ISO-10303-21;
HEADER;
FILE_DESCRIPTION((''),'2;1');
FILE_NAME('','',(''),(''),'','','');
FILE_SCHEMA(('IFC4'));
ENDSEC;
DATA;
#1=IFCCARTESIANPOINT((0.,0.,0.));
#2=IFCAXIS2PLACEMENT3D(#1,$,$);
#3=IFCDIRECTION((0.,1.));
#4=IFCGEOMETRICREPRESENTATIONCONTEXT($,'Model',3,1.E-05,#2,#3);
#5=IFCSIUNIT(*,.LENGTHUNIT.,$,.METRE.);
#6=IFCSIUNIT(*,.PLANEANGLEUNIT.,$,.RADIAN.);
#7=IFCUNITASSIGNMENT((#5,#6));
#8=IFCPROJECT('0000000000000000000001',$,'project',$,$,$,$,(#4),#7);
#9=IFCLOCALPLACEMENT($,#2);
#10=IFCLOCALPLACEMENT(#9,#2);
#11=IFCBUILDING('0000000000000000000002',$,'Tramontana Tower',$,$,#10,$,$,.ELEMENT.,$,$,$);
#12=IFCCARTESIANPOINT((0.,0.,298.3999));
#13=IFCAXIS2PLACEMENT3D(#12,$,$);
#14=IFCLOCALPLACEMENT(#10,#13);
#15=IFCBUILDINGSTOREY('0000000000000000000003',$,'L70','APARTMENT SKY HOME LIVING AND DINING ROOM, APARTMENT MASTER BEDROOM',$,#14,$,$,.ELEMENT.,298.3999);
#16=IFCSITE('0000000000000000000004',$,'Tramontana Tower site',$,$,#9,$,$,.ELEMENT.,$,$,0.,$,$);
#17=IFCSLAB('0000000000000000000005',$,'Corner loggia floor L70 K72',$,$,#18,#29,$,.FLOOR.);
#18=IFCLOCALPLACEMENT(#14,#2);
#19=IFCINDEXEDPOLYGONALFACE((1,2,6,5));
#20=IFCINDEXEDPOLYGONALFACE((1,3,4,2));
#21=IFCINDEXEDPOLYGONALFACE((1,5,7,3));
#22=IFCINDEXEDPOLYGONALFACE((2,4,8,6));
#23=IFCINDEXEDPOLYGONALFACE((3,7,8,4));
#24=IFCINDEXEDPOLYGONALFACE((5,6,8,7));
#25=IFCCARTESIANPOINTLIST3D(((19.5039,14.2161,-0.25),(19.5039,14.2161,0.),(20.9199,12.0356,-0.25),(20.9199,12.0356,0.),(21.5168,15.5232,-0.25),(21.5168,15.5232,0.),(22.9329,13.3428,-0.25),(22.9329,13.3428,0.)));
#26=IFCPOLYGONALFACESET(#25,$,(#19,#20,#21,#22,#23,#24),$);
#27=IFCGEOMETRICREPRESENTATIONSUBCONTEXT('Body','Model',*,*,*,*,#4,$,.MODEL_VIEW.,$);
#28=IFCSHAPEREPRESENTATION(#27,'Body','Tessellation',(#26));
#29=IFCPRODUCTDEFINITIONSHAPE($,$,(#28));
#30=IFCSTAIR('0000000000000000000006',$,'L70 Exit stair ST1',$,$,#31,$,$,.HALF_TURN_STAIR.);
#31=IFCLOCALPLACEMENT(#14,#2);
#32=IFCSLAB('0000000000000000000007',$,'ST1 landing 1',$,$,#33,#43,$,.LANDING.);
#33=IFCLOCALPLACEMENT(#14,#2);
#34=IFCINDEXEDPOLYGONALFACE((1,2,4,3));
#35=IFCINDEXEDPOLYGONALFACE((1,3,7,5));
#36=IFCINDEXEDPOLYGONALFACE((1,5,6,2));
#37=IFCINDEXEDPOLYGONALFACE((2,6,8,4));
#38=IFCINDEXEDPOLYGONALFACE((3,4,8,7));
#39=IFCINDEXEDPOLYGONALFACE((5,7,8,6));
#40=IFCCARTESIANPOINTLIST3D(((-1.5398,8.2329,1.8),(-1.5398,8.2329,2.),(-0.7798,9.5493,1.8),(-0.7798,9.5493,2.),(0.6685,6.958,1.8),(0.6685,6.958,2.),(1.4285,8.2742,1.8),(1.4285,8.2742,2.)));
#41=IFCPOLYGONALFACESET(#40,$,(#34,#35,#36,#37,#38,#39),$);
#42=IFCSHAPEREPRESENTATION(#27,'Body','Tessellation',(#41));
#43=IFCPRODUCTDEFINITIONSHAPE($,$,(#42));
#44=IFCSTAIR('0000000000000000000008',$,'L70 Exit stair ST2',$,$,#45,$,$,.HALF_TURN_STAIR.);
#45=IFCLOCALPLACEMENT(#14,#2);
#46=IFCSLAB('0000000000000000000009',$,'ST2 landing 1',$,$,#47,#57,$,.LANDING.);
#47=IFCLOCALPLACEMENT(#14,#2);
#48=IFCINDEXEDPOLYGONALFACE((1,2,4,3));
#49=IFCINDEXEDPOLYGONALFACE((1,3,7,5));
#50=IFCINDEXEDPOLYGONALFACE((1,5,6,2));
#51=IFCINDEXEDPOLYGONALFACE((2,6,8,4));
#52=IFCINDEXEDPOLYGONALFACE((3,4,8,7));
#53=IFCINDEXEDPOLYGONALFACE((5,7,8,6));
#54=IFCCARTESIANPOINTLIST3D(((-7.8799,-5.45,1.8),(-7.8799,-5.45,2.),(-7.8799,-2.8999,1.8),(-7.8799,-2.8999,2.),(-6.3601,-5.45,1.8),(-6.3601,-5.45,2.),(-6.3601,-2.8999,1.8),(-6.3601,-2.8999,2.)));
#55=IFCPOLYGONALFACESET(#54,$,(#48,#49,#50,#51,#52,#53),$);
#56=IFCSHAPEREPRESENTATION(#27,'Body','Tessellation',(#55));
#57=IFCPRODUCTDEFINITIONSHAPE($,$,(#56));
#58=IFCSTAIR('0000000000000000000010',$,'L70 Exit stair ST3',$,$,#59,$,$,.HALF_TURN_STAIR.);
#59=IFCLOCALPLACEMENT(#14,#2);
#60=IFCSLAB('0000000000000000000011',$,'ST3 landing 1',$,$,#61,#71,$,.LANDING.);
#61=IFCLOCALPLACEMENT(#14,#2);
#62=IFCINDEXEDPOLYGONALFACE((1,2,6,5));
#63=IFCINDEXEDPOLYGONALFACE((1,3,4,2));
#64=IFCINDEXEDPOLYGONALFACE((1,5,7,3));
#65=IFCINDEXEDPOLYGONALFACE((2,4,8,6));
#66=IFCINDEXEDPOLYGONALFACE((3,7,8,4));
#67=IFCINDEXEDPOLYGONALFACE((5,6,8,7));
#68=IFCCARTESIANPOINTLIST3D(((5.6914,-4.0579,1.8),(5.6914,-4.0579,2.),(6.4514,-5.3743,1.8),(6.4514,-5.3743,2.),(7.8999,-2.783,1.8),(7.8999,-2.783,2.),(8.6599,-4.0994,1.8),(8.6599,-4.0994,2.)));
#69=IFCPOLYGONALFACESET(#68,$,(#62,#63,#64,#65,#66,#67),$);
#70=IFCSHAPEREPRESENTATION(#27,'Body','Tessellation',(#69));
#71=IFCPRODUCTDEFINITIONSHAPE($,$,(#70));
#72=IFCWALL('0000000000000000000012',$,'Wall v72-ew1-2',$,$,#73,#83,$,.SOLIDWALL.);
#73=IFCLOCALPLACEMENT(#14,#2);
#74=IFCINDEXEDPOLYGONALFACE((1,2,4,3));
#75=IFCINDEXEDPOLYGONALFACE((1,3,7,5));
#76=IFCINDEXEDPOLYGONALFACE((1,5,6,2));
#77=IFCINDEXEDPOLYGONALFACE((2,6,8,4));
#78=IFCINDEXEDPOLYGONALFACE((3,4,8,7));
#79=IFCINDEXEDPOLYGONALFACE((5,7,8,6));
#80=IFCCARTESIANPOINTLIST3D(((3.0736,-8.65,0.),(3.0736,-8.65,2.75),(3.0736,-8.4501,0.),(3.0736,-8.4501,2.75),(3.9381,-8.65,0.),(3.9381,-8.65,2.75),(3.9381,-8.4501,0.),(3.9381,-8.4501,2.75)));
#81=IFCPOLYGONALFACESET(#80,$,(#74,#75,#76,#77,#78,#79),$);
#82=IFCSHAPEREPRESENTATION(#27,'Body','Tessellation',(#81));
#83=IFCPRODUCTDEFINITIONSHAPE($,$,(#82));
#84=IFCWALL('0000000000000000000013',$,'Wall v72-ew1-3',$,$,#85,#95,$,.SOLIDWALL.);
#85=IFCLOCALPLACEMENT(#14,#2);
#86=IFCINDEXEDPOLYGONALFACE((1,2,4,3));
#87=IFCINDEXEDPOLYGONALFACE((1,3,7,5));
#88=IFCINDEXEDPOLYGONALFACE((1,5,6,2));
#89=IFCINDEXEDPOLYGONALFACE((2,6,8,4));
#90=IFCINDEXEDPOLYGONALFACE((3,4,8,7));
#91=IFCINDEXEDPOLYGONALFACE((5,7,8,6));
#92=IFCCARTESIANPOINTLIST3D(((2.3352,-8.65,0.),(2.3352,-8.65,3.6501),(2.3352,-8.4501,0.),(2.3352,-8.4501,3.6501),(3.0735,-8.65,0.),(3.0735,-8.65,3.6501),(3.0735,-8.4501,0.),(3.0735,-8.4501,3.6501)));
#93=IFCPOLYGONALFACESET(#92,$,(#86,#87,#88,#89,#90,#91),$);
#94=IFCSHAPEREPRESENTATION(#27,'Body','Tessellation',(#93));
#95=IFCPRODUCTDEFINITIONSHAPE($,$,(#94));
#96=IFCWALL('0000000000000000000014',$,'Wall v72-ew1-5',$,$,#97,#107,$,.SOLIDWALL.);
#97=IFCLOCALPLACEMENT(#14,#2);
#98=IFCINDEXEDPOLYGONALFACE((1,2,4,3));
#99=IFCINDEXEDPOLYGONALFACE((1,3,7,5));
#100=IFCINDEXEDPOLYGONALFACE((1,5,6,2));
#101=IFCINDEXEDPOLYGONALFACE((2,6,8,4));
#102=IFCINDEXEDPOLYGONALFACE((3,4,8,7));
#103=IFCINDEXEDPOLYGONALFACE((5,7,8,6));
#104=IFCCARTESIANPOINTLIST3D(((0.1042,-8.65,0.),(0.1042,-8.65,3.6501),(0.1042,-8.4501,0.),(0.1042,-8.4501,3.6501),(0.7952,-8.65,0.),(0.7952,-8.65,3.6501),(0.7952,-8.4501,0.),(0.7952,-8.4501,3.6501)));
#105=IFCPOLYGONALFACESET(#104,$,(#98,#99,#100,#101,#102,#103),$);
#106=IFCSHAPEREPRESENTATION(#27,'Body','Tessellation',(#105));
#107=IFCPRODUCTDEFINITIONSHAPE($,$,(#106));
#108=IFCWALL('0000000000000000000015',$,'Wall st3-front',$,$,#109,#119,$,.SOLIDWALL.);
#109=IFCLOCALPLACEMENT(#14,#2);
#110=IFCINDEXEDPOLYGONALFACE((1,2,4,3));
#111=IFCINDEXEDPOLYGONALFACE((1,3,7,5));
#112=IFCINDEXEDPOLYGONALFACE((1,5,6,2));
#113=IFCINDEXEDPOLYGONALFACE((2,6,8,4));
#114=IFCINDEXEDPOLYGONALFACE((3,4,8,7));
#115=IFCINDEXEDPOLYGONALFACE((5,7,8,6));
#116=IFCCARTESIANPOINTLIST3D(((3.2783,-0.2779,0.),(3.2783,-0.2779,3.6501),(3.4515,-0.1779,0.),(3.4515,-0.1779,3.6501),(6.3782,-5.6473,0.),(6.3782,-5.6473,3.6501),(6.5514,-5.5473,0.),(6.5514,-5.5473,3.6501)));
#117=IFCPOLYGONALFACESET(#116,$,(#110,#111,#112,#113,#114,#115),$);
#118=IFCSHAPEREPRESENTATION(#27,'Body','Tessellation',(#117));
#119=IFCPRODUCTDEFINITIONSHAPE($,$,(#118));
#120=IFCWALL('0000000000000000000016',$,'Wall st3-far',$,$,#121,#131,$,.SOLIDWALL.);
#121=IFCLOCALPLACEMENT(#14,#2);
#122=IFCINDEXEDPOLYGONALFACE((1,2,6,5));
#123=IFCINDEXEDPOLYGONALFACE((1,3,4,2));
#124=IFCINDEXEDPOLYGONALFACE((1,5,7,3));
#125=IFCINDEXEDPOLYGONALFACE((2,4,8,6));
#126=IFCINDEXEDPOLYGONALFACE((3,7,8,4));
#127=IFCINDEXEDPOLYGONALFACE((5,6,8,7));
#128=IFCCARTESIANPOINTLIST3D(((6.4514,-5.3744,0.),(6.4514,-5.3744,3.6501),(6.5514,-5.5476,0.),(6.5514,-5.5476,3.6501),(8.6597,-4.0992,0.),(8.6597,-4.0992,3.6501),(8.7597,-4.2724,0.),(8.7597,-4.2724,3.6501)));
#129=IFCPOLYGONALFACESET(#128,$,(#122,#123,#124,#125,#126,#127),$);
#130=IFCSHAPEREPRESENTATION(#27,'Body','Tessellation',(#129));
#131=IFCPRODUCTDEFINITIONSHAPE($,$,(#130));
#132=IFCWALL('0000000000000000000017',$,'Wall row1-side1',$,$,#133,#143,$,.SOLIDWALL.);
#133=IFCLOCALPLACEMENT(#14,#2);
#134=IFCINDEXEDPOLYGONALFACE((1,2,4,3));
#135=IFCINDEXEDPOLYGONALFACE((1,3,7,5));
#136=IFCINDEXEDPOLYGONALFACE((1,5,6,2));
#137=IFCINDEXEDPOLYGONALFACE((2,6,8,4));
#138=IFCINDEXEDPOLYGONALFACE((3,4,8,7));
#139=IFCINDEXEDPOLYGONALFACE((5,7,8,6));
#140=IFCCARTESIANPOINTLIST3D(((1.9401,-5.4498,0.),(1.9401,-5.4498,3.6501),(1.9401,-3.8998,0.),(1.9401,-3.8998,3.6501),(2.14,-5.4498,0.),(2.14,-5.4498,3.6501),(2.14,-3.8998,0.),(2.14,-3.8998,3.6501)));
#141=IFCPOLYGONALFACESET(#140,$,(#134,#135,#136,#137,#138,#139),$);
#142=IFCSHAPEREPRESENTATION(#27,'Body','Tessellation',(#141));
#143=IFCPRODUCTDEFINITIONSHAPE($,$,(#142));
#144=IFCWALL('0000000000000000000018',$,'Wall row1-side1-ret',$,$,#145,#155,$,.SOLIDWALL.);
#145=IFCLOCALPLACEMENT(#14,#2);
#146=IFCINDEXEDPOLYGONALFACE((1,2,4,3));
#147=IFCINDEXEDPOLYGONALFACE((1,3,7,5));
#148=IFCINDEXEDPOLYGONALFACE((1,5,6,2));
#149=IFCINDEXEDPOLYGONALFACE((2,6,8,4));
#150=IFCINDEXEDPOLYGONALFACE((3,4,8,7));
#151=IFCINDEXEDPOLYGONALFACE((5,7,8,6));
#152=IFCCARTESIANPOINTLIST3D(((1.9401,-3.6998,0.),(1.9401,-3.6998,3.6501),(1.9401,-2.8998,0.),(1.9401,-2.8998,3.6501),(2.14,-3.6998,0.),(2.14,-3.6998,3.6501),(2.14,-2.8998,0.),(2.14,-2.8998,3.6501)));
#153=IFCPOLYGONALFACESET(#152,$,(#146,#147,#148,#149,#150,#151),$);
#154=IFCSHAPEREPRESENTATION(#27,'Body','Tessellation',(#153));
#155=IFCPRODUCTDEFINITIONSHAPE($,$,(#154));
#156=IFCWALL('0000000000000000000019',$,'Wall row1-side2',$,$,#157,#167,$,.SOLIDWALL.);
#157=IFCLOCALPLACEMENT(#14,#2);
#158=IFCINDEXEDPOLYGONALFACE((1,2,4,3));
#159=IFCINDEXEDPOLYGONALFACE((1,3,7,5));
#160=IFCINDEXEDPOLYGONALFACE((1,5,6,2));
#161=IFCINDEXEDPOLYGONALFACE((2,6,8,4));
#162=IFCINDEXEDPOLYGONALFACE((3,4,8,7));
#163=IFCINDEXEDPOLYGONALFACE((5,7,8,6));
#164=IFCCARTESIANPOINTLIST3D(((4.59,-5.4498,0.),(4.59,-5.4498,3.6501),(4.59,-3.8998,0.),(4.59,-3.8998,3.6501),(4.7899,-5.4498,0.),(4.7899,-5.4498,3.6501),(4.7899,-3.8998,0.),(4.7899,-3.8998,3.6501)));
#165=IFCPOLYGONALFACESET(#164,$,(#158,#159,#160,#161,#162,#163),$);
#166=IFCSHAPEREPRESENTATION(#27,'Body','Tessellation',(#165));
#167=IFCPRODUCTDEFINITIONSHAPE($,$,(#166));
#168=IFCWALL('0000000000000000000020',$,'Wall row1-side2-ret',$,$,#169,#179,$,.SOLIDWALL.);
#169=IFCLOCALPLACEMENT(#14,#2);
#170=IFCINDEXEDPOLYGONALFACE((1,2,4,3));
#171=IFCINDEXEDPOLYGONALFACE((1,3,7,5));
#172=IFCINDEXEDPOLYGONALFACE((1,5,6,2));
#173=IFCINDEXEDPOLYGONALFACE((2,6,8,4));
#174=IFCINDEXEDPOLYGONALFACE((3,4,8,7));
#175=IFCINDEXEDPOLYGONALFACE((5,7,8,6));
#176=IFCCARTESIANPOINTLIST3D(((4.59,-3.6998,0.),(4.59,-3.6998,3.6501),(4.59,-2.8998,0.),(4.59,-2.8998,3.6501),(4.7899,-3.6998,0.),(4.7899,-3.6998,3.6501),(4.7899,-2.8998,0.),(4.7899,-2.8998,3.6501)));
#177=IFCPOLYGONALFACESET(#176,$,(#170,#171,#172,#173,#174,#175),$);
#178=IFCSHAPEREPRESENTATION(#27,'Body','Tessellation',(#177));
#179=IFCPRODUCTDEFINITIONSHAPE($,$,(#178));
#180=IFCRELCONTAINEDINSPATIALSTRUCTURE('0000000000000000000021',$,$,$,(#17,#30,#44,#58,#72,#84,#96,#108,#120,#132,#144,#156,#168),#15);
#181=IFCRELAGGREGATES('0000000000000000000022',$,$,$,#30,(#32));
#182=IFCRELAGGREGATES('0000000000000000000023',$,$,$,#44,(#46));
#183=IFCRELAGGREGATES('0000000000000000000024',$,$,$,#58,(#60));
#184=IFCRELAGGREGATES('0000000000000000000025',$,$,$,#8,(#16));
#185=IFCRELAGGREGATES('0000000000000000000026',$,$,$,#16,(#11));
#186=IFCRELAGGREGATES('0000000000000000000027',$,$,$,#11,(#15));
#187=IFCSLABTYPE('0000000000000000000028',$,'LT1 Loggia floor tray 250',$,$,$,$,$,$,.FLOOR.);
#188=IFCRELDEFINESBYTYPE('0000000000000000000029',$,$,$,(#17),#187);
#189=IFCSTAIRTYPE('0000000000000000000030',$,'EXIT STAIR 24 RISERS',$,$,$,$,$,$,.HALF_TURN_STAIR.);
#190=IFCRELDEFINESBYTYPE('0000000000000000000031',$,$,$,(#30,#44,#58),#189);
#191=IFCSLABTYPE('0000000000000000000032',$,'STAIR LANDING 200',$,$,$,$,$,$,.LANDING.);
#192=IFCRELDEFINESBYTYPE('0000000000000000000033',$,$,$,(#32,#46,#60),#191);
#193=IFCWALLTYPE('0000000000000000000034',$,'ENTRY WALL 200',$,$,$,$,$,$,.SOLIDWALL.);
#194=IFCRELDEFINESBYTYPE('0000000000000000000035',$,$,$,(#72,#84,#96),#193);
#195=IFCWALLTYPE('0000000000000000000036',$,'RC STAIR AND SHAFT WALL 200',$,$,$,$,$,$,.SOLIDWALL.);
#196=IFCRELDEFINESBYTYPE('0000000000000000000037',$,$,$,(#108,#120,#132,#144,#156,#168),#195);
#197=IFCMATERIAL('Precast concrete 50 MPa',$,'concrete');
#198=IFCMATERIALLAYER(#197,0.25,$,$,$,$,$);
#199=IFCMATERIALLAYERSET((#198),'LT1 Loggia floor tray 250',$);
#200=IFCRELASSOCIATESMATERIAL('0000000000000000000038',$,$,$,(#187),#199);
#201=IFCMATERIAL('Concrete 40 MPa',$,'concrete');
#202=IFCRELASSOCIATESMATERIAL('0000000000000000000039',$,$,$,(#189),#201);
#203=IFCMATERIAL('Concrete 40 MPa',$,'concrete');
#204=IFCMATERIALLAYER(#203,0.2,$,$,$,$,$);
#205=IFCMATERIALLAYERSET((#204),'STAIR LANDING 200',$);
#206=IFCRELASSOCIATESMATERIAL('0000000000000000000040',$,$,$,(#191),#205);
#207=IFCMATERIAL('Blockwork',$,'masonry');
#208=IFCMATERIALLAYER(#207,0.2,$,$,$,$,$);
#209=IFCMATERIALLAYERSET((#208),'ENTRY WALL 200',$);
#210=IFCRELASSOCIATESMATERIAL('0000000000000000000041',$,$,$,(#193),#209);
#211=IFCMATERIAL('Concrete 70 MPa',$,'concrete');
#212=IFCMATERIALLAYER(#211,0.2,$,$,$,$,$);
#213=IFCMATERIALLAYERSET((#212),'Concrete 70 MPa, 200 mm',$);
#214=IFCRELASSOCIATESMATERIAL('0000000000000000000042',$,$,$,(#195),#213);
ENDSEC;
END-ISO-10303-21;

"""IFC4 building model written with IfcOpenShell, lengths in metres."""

from ifc_helpers import new_model, si_unit, direction, frame, frame_2d, origin, place, context, subcontext, project, spatial, polyline, rectangle, outline, extrude, material, layer, layer_set, type_object, element, aggregate, save


model = new_model("IFC4")

# Units and contexts
model_context = context("Model", 3, precision=1e-05, world=origin(), true_north=direction((0.0, 1.0)))
body_context = subcontext(model_context, "Body", "Model", "MODEL_VIEW")
ifc_project = project(units=[si_unit("LENGTHUNIT", "METRE"), si_unit("PLANEANGLEUNIT", "RADIAN")], contexts=[model_context])

# Site, building, storey
site_placement = place(None, origin())
site = spatial("IfcSite", under=ifc_project, at=site_placement, Name="Tramontana Tower site", CompositionType="ELEMENT", RefElevation=0.0)
building_placement = place(site_placement, origin())
building = spatial("IfcBuilding", under=site, at=building_placement, Name="Tramontana Tower", CompositionType="ELEMENT")
storey_placement = place(building_placement, frame((0.0, 0.0, 298.3999)))
storey = spatial("IfcBuildingStorey", under=building, at=storey_placement, Name="L70", Description="APARTMENT SKY HOME LIVING AND DINING ROOM, APARTMENT MASTER BEDROOM", CompositionType="ELEMENT", Elevation=298.3999)

# Slab
ifc_material_1 = material(Name="Precast concrete 50 MPa", Category="concrete")
ifc_layer_1 = layer(ifc_material_1, 0.25)
ifc_layer_set_1 = layer_set([ifc_layer_1], Name="LT1 Loggia floor tray 250")
slab_type_1 = type_object("IfcSlabType", Name="LT1 Loggia floor tray 250", PredefinedType="FLOOR", material=ifc_layer_set_1)
slab_1_placement = place(storey_placement, frame((0.0, 0.0, -0.25)))
element("IfcSlab", 1, at=slab_1_placement, inside=storey, type_object=slab_type_1, Name="Corner loggia floor L70 K72", PredefinedType="FLOOR", context=body_context, shape_type="SweptSolid", body=[
    extrude(outline(polyline([(22.9329, 13.3428), (20.9199, 12.0356), (19.5039, 14.2161), (21.5168, 15.5232), (22.9329, 13.3428)])), origin(), (0.0, 0.0, 1.0), 0.25),
])

# Stairs, slabs
ifc_material_2 = material(Name="Concrete 40 MPa", Category="concrete")
stair_type = type_object("IfcStairType", Name="EXIT STAIR 24 RISERS", PredefinedType="HALF_TURN_STAIR", material=ifc_material_2)
stair_1_placement = place(storey_placement, origin())
stair_1 = element("IfcStair", 2, at=stair_1_placement, inside=storey, type_object=stair_type, Name="L70 Exit stair ST1", PredefinedType="HALF_TURN_STAIR")
ifc_material_3 = material(Name="Concrete 40 MPa", Category="concrete")
ifc_layer_2 = layer(ifc_material_3, 0.2)
ifc_layer_set_2 = layer_set([ifc_layer_2], Name="STAIR LANDING 200")
slab_type_2 = type_object("IfcSlabType", Name="STAIR LANDING 200", PredefinedType="LANDING", material=ifc_layer_set_2)
slab_2_placement = place(storey_placement, frame((0.0, 0.0, 1.8)))
slab_2 = element("IfcSlab", 3, at=slab_2_placement, type_object=slab_type_2, Name="ST1 landing 1", PredefinedType="LANDING", context=body_context, shape_type="SweptSolid", body=[
    extrude(outline(polyline([(0.6685, 6.958), (1.4285, 8.2742), (-0.7798, 9.5493), (-1.5398, 8.2329), (0.6685, 6.958)])), origin(), (0.0, 0.0, 1.0), 0.2),
])
aggregate(stair_1, [slab_2])
stair_2_placement = place(storey_placement, origin())
stair_2 = element("IfcStair", 4, at=stair_2_placement, inside=storey, type_object=stair_type, Name="L70 Exit stair ST2", PredefinedType="HALF_TURN_STAIR")
slab_3_placement = place(storey_placement, frame((0.0, 0.0, 1.8)))
slab_3 = element("IfcSlab", 5, at=slab_3_placement, type_object=slab_type_2, Name="ST2 landing 1", PredefinedType="LANDING", context=body_context, shape_type="SweptSolid", body=[
    extrude(outline(polyline([(-6.3601, -2.8999), (-7.8799, -2.8999), (-7.8799, -5.45), (-6.3601, -5.45), (-6.3601, -2.8999)])), origin(), (0.0, 0.0, 1.0), 0.2),
])
aggregate(stair_2, [slab_3])
stair_3_placement = place(storey_placement, origin())
stair_3 = element("IfcStair", 6, at=stair_3_placement, inside=storey, type_object=stair_type, Name="L70 Exit stair ST3", PredefinedType="HALF_TURN_STAIR")
slab_4_placement = place(storey_placement, frame((0.0, 0.0, 1.8)))
slab_4 = element("IfcSlab", 7, at=slab_4_placement, type_object=slab_type_2, Name="ST3 landing 1", PredefinedType="LANDING", context=body_context, shape_type="SweptSolid", body=[
    extrude(outline(polyline([(5.6914, -4.0579), (6.4514, -5.3743), (8.6599, -4.0994), (7.8999, -2.783), (5.6914, -4.0579)])), origin(), (0.0, 0.0, 1.0), 0.2),
])

# Walls
ifc_material_4 = material(Name="Blockwork", Category="masonry")
ifc_layer_3 = layer(ifc_material_4, 0.2)
ifc_layer_set_3 = layer_set([ifc_layer_3], Name="ENTRY WALL 200")
wall_type_1 = type_object("IfcWallType", Name="ENTRY WALL 200", PredefinedType="SOLIDWALL", material=ifc_layer_set_3)
wall_1_placement = place(storey_placement, frame((3.938, -8.55, 0.0), z_axis=(0.0, 0.0, 1.0), x_axis=(-1.0, 0.0, 0.0)))
element("IfcWall", 8, at=wall_1_placement, inside=storey, type_object=wall_type_1, Name="Wall v72-ew1-2", PredefinedType="SOLIDWALL", context=body_context, shape_type="SweptSolid", body=[
    extrude(rectangle(XDim=0.8645, YDim=0.2, at=frame_2d((0.4321, 0.0))), origin(), (0.0, 0.0, 1.0), 2.75),
])
wall_2_placement = place(storey_placement, frame((3.0735, -8.55, 0.0), z_axis=(0.0, 0.0, 1.0), x_axis=(-1.0, 0.0, 0.0)))
element("IfcWall", 9, at=wall_2_placement, inside=storey, type_object=wall_type_1, Name="Wall v72-ew1-3", PredefinedType="SOLIDWALL", context=body_context, shape_type="SweptSolid", body=[
    extrude(rectangle(XDim=0.7383, YDim=0.2, at=frame_2d((0.3691, 0.0))), origin(), (0.0, 0.0, 1.0), 3.6501),
])
wall_3_placement = place(storey_placement, frame((0.7952, -8.55, 0.0), z_axis=(0.0, 0.0, 1.0), x_axis=(-1.0, 0.0, 0.0)))
element("IfcWall", 10, at=wall_3_placement, inside=storey, type_object=wall_type_1, Name="Wall v72-ew1-5", PredefinedType="SOLIDWALL", context=body_context, shape_type="SweptSolid", body=[
    extrude(rectangle(XDim=0.6909, YDim=0.2, at=frame_2d((0.3455, 0.0))), origin(), (0.0, 0.0, 1.0), 3.6501),
])
ifc_material_5 = material(Name="Concrete 70 MPa", Category="concrete")
ifc_layer_4 = layer(ifc_material_5, 0.2)
ifc_layer_set_4 = layer_set([ifc_layer_4], Name="Concrete 70 MPa, 200 mm")
wall_type_2 = type_object("IfcWallType", Name="RC STAIR AND SHAFT WALL 200", PredefinedType="SOLIDWALL", material=ifc_layer_set_4)
wall_4_placement = place(storey_placement, frame((6.4648, -5.5974, 0.0), z_axis=(0.0, 0.0, 1.0), x_axis=(-0.49998, 0.866037, 0.0)))
element("IfcWall", 11, at=wall_4_placement, inside=storey, type_object=wall_type_2, Name="Wall st3-front", PredefinedType="SOLIDWALL", context=body_context, shape_type="SweptSolid", body=[
    extrude(rectangle(XDim=6.2, YDim=0.2, at=frame_2d((3.1001, 0.0))), origin(), (0.0, 0.0, 1.0), 3.6501),
])
wall_5_placement = place(storey_placement, frame((6.5015, -5.4609, 0.0), z_axis=(0.0, 0.0, 1.0), x_axis=(0.865989, 0.500062, 0.0)))
element("IfcWall", 12, at=wall_5_placement, inside=storey, type_object=wall_type_2, Name="Wall st3-far", PredefinedType="SOLIDWALL", context=body_context, shape_type="SweptSolid", body=[
    extrude(rectangle(XDim=2.55, YDim=0.2, at=frame_2d((1.2749, 0.0))), origin(), (0.0, 0.0, 1.0), 3.6501),
])

# Walls
wall_6_placement = place(storey_placement, frame((2.04, -3.8999, 0.0), z_axis=(0.0, 0.0, 1.0), x_axis=(0.0, -1.0, 0.0)))
element("IfcWall", 13, at=wall_6_placement, inside=storey, type_object=wall_type_2, Name="Wall row1-side1", PredefinedType="SOLIDWALL", context=body_context, shape_type="SweptSolid", body=[
    extrude(rectangle(XDim=1.55, YDim=0.2, at=frame_2d((0.7749, 0.0))), origin(), (0.0, 0.0, 1.0), 3.6501),
])
wall_7_placement = place(storey_placement, frame((2.04, -2.8999, 0.0), z_axis=(0.0, 0.0, 1.0), x_axis=(0.0, -1.0, 0.0)))
element("IfcWall", 14, at=wall_7_placement, inside=storey, type_object=wall_type_2, Name="Wall row1-side1-ret", PredefinedType="SOLIDWALL", context=body_context, shape_type="SweptSolid", body=[
    extrude(rectangle(XDim=0.8, YDim=0.2, at=frame_2d((0.3999, 0.0))), origin(), (0.0, 0.0, 1.0), 3.6501),
])
wall_8_placement = place(storey_placement, frame((4.6899, -3.8999, 0.0), z_axis=(0.0, 0.0, 1.0), x_axis=(0.0, -1.0, 0.0)))
element("IfcWall", 15, at=wall_8_placement, inside=storey, type_object=wall_type_2, Name="Wall row1-side2", PredefinedType="SOLIDWALL", context=body_context, shape_type="SweptSolid", body=[
    extrude(rectangle(XDim=1.55, YDim=0.2, at=frame_2d((0.7749, 0.0))), origin(), (0.0, 0.0, 1.0), 3.6501),
])
wall_9_placement = place(storey_placement, frame((4.6899, -2.8999, 0.0), z_axis=(0.0, 0.0, 1.0), x_axis=(0.0, -1.0, 0.0)))
element("IfcWall", 16, at=wall_9_placement, inside=storey, type_object=wall_type_2, Name="Wall row1-side2-ret", PredefinedType="SOLIDWALL", context=body_context, shape_type="SweptSolid", body=[
    extrude(rectangle(XDim=0.8, YDim=0.2, at=frame_2d((0.3999, 0.0))), origin(), (0.0, 0.0, 1.0), 3.6501),
])

aggregate(stair_3, [slab_4])

save(model, "model.ifc")
